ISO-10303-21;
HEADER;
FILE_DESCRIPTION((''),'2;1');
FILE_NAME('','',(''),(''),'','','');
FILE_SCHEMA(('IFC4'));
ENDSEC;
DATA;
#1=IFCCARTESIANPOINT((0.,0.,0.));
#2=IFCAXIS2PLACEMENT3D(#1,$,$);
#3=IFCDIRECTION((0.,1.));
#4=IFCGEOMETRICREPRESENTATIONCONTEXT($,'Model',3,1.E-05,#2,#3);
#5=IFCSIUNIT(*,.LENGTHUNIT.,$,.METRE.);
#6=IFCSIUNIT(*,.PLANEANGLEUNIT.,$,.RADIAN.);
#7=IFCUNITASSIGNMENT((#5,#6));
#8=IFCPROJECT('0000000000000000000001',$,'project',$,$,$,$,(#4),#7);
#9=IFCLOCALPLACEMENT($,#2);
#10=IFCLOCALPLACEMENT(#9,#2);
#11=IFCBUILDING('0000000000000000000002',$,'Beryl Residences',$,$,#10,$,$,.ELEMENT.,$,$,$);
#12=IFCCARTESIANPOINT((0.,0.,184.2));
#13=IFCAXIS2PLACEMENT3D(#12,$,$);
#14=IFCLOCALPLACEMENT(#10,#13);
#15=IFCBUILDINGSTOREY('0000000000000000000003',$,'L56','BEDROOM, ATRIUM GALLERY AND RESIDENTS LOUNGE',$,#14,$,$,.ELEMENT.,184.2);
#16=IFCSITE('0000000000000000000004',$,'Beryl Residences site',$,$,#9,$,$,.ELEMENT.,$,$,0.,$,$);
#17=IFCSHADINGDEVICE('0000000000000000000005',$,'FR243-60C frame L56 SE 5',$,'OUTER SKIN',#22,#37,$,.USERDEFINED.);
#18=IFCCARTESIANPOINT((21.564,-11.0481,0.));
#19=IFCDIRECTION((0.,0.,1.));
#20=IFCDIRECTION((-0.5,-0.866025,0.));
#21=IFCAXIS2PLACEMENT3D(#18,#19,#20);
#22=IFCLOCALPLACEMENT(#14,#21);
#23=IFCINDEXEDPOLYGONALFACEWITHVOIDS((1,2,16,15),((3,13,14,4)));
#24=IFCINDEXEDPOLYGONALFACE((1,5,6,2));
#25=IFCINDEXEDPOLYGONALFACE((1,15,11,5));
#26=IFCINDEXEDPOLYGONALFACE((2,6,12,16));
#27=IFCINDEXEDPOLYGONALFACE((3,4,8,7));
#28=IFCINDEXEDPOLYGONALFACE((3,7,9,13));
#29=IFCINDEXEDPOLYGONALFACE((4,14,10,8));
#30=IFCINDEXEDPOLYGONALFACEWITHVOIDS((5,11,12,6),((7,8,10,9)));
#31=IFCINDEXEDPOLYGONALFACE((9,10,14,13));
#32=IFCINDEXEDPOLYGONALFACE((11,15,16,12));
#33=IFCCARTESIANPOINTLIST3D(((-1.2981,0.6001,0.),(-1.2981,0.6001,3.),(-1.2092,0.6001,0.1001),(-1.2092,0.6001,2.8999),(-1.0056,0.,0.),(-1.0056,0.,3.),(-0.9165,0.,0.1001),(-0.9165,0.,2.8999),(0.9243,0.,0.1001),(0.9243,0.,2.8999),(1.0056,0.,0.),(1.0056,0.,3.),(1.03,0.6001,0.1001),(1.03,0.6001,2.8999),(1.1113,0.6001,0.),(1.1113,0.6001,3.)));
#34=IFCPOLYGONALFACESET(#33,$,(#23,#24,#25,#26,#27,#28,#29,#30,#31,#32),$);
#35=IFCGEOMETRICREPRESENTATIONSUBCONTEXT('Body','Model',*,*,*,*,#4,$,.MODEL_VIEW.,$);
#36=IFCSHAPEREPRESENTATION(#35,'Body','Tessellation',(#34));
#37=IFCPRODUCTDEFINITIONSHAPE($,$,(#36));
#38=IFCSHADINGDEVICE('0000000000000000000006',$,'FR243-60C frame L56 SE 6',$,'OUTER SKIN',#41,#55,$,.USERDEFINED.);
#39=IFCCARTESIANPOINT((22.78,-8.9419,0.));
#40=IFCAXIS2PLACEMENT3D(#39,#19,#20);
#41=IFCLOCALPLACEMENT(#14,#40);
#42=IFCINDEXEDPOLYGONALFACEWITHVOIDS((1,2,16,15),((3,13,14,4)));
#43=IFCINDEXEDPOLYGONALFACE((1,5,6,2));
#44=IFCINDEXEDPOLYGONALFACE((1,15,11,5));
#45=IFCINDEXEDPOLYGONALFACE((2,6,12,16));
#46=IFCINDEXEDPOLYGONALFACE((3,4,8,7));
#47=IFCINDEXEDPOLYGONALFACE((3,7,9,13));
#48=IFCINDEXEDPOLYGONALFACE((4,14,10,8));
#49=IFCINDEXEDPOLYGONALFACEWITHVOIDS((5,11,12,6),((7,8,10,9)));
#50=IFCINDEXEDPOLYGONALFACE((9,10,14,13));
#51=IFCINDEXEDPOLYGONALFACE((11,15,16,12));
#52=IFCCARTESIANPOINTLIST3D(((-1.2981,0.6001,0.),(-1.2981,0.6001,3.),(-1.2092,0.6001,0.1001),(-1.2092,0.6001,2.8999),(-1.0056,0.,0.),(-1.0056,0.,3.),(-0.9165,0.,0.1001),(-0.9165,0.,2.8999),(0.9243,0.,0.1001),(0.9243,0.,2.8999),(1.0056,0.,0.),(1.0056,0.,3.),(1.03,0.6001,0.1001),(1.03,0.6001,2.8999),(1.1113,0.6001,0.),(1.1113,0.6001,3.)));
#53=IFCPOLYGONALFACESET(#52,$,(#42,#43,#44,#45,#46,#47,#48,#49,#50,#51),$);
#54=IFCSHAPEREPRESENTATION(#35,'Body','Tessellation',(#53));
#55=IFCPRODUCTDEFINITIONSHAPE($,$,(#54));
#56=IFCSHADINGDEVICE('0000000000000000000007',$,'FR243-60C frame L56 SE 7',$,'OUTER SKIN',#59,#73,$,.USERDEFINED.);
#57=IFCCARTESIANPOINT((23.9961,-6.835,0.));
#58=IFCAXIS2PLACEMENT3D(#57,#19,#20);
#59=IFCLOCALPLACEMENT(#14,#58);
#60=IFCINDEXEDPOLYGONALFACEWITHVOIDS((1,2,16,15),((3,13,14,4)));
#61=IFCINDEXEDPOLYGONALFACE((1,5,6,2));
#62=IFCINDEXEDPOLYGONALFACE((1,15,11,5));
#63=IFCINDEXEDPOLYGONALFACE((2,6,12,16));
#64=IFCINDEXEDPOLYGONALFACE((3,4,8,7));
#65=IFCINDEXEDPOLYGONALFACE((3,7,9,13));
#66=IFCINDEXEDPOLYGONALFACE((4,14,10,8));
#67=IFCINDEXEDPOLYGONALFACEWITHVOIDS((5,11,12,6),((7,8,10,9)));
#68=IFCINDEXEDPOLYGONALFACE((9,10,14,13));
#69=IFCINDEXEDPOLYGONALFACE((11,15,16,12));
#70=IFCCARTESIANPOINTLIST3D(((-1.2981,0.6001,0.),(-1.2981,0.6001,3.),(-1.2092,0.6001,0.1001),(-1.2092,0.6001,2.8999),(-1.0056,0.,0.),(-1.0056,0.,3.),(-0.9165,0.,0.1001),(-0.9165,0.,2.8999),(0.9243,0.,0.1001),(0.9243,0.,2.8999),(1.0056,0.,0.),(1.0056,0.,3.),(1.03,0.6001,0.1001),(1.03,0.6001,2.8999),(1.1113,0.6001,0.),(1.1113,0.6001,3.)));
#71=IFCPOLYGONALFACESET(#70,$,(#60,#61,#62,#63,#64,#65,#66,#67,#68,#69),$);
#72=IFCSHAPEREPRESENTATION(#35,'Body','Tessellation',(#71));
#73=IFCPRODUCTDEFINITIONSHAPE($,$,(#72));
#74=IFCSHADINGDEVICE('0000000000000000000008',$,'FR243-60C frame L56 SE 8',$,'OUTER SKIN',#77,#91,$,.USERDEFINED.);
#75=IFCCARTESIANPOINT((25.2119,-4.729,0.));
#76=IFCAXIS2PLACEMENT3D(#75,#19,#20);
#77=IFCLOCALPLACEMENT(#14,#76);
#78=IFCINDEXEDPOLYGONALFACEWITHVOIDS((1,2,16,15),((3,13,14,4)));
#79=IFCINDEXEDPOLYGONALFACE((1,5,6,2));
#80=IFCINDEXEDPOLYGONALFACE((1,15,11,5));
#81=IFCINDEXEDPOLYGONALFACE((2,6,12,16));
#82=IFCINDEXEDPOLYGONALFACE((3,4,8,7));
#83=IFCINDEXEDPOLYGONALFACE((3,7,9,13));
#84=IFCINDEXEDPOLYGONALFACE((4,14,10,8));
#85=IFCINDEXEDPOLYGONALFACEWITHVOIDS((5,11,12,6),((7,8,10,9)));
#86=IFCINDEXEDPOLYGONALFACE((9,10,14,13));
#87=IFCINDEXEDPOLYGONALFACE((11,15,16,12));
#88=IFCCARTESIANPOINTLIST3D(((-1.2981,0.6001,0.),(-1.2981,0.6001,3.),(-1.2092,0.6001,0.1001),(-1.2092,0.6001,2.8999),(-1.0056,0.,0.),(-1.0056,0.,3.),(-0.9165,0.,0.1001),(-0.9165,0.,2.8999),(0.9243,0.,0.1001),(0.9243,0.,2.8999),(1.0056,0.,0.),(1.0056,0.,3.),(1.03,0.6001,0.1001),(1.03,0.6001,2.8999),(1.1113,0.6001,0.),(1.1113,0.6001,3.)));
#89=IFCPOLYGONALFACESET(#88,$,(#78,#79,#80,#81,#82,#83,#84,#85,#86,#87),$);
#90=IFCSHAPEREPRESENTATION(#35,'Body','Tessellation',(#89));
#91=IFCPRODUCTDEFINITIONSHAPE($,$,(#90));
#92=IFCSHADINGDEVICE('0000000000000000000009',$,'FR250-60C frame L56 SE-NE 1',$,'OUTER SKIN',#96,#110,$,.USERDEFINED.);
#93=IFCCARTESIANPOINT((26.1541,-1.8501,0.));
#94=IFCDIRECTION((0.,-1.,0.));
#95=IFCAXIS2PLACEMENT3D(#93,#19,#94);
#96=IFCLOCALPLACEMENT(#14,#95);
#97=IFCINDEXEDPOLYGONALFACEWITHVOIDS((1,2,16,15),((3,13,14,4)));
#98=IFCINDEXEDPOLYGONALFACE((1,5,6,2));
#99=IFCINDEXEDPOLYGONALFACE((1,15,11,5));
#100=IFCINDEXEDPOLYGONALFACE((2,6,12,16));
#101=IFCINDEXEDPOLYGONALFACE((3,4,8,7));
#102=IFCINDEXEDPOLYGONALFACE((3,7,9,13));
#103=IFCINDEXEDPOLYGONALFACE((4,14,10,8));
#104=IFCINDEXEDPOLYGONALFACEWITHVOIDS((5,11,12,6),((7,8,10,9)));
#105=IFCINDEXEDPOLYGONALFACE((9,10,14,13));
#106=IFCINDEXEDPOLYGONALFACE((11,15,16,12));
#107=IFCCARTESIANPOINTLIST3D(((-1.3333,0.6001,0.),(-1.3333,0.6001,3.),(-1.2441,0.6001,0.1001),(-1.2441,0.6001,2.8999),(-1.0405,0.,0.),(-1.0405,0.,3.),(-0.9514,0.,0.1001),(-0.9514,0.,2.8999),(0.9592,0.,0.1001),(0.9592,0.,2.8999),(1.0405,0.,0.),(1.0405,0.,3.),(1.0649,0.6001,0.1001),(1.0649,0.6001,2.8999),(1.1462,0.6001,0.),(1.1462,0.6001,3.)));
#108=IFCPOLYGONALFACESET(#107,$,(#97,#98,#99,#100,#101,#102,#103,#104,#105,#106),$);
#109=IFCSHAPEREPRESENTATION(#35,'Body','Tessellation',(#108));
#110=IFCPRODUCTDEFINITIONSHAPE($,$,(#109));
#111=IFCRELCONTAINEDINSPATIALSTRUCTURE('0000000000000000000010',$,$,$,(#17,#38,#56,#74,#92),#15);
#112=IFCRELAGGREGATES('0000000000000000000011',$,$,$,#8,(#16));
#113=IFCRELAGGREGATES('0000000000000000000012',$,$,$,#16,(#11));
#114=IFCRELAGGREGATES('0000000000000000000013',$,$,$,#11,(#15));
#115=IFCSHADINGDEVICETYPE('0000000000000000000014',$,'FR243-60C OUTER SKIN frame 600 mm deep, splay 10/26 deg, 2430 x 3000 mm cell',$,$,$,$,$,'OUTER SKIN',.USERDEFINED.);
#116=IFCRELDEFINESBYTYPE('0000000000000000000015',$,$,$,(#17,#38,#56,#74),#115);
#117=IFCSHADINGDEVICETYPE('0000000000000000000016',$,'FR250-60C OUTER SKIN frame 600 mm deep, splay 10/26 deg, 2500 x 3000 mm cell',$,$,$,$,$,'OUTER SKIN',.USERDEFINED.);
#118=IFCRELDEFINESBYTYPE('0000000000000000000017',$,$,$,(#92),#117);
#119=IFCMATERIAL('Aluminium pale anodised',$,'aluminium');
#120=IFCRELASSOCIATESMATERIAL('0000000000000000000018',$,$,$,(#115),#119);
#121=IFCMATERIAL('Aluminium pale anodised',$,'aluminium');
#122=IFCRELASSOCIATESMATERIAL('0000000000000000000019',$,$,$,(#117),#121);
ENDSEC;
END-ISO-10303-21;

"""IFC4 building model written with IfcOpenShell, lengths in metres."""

from ifc_helpers import new_model, entity, si_unit, direction, frame, origin, place, context, subcontext, project, spatial, source, transform, mapped, material, type_object, type_shapes, element, save


model = new_model("IFC4")

# Units and contexts
model_context = context("Model", 3, precision=1e-05, world=origin(), true_north=direction((0.0, 1.0)))
body_context = subcontext(model_context, "Body", "Model", "MODEL_VIEW")
ifc_project = project(units=[si_unit("LENGTHUNIT", "METRE"), si_unit("PLANEANGLEUNIT", "RADIAN")], contexts=[model_context])

# Site, building, storey
site_placement = place(None, origin())
site = spatial("IfcSite", under=ifc_project, at=site_placement, Name="Beryl Residences site", CompositionType="ELEMENT", RefElevation=0.0)
building_placement = place(site_placement, origin())
building = spatial("IfcBuilding", under=site, at=building_placement, Name="Beryl Residences", CompositionType="ELEMENT")
storey_placement = place(building_placement, frame((0.0, 0.0, 184.2)))
storey = spatial("IfcBuildingStorey", under=building, at=storey_placement, Name="L56", Description="BEDROOM, ATRIUM GALLERY AND RESIDENTS LOUNGE", CompositionType="ELEMENT", Elevation=184.2)

# Shading devices
ifc_material_1 = material(Name="Aluminium pale anodised", Category="aluminium")
shading_device_type_1 = type_object("IfcShadingDeviceType", Name="FR243-60C OUTER SKIN frame 600 mm deep, splay 10/26 deg, 2430 x 3000 mm cell", ElementType="OUTER SKIN", PredefinedType="USERDEFINED", material=ifc_material_1)
cartesian_point_1 = entity("IfcCartesianPoint", [-1.0056, 0.0])
cartesian_point_2 = entity("IfcCartesianPoint", [-0.9243, 0.1001])
cartesian_point_3 = entity("IfcCartesianPoint", [-1.1113, 0.0])
cartesian_point_4 = entity("IfcCartesianPoint", [-1.03, 0.1001])
shared_shape_1 = source(origin(), body_context, "Body", "SweptSolid", [
    entity("IfcExtrudedAreaSolidTapered", entity("IfcArbitraryProfileDefWithVoids", "AREA", None, entity("IfcPolyline", [cartesian_point_1, entity("IfcCartesianPoint", [1.0056, 0.0]), entity("IfcCartesianPoint", [1.0056, 3.0]), entity("IfcCartesianPoint", [-1.0056, 3.0]), cartesian_point_1]), [entity("IfcPolyline", [cartesian_point_2, entity("IfcCartesianPoint", [0.9165, 0.1001]), entity("IfcCartesianPoint", [0.9165, 2.8999]), entity("IfcCartesianPoint", [-0.9243, 2.8999]), cartesian_point_2])]), entity("IfcAxis2Placement3D", entity("IfcCartesianPoint", [0.0, 0.0, 0.0]), entity("IfcDirection", [0.0, 1.0, 0.0]), entity("IfcDirection", [-1.0, 0.0, 0.0])), entity("IfcDirection", [0.0, 0.0, 1.0]), 0.6001, entity("IfcArbitraryProfileDefWithVoids", "AREA", None, entity("IfcPolyline", [cartesian_point_3, entity("IfcCartesianPoint", [1.2981, 0.0]), entity("IfcCartesianPoint", [1.2981, 3.0]), entity("IfcCartesianPoint", [-1.1113, 3.0]), cartesian_point_3]), [entity("IfcPolyline", [cartesian_point_4, entity("IfcCartesianPoint", [1.2092, 0.1001]), entity("IfcCartesianPoint", [1.2092, 2.8999]), entity("IfcCartesianPoint", [-1.03, 2.8999]), cartesian_point_4])])),
])
type_shapes(shading_device_type_1, [shared_shape_1])
for number, where, z_axis, x_axis, name in (
    (1, (21.564, -11.0481, 0.0), (0.0, 0.0, 1.0), (-0.5, -0.866025, 0.0), "FR243-60C frame L56 SE 5"),
    (2, (22.78, -8.9419, 0.0), (0.0, 0.0, 1.0), (-0.5, -0.866025, 0.0), "FR243-60C frame L56 SE 6"),
    (3, (23.9961, -6.835, 0.0), (0.0, 0.0, 1.0), (-0.5, -0.866025, 0.0), "FR243-60C frame L56 SE 7"),
    (4, (25.2119, -4.729, 0.0), (0.0, 0.0, 1.0), (-0.5, -0.866025, 0.0), "FR243-60C frame L56 SE 8"),
):
    element("IfcShadingDevice", number, at=place(storey_placement, frame(where, z_axis=z_axis, x_axis=x_axis)), inside=storey, type_object=shading_device_type_1, Name=name, ObjectType="OUTER SKIN", PredefinedType="USERDEFINED", context=body_context, shape_type="MappedRepresentation", body=[
        mapped(shared_shape_1, transform((0.0, 0.0, 0.0))),
    ])
ifc_material_2 = material(Name="Aluminium pale anodised", Category="aluminium")
shading_device_type_2 = type_object("IfcShadingDeviceType", Name="FR250-60C OUTER SKIN frame 600 mm deep, splay 10/26 deg, 2500 x 3000 mm cell", ElementType="OUTER SKIN", PredefinedType="USERDEFINED", material=ifc_material_2)
cartesian_point_5 = entity("IfcCartesianPoint", [-1.0405, 0.0])
cartesian_point_6 = entity("IfcCartesianPoint", [-0.9592, 0.1001])
cartesian_point_7 = entity("IfcCartesianPoint", [-1.1462, 0.0])
cartesian_point_8 = entity("IfcCartesianPoint", [-1.0649, 0.1001])
shared_shape_2 = source(origin(), body_context, "Body", "SweptSolid", [
    entity("IfcExtrudedAreaSolidTapered", entity("IfcArbitraryProfileDefWithVoids", "AREA", None, entity("IfcPolyline", [cartesian_point_5, entity("IfcCartesianPoint", [1.0405, 0.0]), entity("IfcCartesianPoint", [1.0405, 3.0]), entity("IfcCartesianPoint", [-1.0405, 3.0]), cartesian_point_5]), [entity("IfcPolyline", [cartesian_point_6, entity("IfcCartesianPoint", [0.9514, 0.1001]), entity("IfcCartesianPoint", [0.9514, 2.8999]), entity("IfcCartesianPoint", [-0.9592, 2.8999]), cartesian_point_6])]), entity("IfcAxis2Placement3D", entity("IfcCartesianPoint", [0.0, 0.0, 0.0]), entity("IfcDirection", [0.0, 1.0, 0.0]), entity("IfcDirection", [-1.0, 0.0, 0.0])), entity("IfcDirection", [0.0, 0.0, 1.0]), 0.6001, entity("IfcArbitraryProfileDefWithVoids", "AREA", None, entity("IfcPolyline", [cartesian_point_7, entity("IfcCartesianPoint", [1.3333, 0.0]), entity("IfcCartesianPoint", [1.3333, 3.0]), entity("IfcCartesianPoint", [-1.1462, 3.0]), cartesian_point_7]), [entity("IfcPolyline", [cartesian_point_8, entity("IfcCartesianPoint", [1.2441, 0.1001]), entity("IfcCartesianPoint", [1.2441, 2.8999]), entity("IfcCartesianPoint", [-1.0649, 2.8999]), cartesian_point_8])])),
])
type_shapes(shading_device_type_2, [shared_shape_2])
shading_device_placement = place(storey_placement, frame((26.1541, -1.8501, 0.0), z_axis=(0.0, 0.0, 1.0), x_axis=(0.0, -1.0, 0.0)))
element("IfcShadingDevice", 5, at=shading_device_placement, inside=storey, type_object=shading_device_type_2, Name="FR250-60C frame L56 SE-NE 1", ObjectType="OUTER SKIN", PredefinedType="USERDEFINED", context=body_context, shape_type="MappedRepresentation", body=[
    mapped(shared_shape_2, transform((0.0, 0.0, 0.0))),
])

save(model, "model.ifc")
